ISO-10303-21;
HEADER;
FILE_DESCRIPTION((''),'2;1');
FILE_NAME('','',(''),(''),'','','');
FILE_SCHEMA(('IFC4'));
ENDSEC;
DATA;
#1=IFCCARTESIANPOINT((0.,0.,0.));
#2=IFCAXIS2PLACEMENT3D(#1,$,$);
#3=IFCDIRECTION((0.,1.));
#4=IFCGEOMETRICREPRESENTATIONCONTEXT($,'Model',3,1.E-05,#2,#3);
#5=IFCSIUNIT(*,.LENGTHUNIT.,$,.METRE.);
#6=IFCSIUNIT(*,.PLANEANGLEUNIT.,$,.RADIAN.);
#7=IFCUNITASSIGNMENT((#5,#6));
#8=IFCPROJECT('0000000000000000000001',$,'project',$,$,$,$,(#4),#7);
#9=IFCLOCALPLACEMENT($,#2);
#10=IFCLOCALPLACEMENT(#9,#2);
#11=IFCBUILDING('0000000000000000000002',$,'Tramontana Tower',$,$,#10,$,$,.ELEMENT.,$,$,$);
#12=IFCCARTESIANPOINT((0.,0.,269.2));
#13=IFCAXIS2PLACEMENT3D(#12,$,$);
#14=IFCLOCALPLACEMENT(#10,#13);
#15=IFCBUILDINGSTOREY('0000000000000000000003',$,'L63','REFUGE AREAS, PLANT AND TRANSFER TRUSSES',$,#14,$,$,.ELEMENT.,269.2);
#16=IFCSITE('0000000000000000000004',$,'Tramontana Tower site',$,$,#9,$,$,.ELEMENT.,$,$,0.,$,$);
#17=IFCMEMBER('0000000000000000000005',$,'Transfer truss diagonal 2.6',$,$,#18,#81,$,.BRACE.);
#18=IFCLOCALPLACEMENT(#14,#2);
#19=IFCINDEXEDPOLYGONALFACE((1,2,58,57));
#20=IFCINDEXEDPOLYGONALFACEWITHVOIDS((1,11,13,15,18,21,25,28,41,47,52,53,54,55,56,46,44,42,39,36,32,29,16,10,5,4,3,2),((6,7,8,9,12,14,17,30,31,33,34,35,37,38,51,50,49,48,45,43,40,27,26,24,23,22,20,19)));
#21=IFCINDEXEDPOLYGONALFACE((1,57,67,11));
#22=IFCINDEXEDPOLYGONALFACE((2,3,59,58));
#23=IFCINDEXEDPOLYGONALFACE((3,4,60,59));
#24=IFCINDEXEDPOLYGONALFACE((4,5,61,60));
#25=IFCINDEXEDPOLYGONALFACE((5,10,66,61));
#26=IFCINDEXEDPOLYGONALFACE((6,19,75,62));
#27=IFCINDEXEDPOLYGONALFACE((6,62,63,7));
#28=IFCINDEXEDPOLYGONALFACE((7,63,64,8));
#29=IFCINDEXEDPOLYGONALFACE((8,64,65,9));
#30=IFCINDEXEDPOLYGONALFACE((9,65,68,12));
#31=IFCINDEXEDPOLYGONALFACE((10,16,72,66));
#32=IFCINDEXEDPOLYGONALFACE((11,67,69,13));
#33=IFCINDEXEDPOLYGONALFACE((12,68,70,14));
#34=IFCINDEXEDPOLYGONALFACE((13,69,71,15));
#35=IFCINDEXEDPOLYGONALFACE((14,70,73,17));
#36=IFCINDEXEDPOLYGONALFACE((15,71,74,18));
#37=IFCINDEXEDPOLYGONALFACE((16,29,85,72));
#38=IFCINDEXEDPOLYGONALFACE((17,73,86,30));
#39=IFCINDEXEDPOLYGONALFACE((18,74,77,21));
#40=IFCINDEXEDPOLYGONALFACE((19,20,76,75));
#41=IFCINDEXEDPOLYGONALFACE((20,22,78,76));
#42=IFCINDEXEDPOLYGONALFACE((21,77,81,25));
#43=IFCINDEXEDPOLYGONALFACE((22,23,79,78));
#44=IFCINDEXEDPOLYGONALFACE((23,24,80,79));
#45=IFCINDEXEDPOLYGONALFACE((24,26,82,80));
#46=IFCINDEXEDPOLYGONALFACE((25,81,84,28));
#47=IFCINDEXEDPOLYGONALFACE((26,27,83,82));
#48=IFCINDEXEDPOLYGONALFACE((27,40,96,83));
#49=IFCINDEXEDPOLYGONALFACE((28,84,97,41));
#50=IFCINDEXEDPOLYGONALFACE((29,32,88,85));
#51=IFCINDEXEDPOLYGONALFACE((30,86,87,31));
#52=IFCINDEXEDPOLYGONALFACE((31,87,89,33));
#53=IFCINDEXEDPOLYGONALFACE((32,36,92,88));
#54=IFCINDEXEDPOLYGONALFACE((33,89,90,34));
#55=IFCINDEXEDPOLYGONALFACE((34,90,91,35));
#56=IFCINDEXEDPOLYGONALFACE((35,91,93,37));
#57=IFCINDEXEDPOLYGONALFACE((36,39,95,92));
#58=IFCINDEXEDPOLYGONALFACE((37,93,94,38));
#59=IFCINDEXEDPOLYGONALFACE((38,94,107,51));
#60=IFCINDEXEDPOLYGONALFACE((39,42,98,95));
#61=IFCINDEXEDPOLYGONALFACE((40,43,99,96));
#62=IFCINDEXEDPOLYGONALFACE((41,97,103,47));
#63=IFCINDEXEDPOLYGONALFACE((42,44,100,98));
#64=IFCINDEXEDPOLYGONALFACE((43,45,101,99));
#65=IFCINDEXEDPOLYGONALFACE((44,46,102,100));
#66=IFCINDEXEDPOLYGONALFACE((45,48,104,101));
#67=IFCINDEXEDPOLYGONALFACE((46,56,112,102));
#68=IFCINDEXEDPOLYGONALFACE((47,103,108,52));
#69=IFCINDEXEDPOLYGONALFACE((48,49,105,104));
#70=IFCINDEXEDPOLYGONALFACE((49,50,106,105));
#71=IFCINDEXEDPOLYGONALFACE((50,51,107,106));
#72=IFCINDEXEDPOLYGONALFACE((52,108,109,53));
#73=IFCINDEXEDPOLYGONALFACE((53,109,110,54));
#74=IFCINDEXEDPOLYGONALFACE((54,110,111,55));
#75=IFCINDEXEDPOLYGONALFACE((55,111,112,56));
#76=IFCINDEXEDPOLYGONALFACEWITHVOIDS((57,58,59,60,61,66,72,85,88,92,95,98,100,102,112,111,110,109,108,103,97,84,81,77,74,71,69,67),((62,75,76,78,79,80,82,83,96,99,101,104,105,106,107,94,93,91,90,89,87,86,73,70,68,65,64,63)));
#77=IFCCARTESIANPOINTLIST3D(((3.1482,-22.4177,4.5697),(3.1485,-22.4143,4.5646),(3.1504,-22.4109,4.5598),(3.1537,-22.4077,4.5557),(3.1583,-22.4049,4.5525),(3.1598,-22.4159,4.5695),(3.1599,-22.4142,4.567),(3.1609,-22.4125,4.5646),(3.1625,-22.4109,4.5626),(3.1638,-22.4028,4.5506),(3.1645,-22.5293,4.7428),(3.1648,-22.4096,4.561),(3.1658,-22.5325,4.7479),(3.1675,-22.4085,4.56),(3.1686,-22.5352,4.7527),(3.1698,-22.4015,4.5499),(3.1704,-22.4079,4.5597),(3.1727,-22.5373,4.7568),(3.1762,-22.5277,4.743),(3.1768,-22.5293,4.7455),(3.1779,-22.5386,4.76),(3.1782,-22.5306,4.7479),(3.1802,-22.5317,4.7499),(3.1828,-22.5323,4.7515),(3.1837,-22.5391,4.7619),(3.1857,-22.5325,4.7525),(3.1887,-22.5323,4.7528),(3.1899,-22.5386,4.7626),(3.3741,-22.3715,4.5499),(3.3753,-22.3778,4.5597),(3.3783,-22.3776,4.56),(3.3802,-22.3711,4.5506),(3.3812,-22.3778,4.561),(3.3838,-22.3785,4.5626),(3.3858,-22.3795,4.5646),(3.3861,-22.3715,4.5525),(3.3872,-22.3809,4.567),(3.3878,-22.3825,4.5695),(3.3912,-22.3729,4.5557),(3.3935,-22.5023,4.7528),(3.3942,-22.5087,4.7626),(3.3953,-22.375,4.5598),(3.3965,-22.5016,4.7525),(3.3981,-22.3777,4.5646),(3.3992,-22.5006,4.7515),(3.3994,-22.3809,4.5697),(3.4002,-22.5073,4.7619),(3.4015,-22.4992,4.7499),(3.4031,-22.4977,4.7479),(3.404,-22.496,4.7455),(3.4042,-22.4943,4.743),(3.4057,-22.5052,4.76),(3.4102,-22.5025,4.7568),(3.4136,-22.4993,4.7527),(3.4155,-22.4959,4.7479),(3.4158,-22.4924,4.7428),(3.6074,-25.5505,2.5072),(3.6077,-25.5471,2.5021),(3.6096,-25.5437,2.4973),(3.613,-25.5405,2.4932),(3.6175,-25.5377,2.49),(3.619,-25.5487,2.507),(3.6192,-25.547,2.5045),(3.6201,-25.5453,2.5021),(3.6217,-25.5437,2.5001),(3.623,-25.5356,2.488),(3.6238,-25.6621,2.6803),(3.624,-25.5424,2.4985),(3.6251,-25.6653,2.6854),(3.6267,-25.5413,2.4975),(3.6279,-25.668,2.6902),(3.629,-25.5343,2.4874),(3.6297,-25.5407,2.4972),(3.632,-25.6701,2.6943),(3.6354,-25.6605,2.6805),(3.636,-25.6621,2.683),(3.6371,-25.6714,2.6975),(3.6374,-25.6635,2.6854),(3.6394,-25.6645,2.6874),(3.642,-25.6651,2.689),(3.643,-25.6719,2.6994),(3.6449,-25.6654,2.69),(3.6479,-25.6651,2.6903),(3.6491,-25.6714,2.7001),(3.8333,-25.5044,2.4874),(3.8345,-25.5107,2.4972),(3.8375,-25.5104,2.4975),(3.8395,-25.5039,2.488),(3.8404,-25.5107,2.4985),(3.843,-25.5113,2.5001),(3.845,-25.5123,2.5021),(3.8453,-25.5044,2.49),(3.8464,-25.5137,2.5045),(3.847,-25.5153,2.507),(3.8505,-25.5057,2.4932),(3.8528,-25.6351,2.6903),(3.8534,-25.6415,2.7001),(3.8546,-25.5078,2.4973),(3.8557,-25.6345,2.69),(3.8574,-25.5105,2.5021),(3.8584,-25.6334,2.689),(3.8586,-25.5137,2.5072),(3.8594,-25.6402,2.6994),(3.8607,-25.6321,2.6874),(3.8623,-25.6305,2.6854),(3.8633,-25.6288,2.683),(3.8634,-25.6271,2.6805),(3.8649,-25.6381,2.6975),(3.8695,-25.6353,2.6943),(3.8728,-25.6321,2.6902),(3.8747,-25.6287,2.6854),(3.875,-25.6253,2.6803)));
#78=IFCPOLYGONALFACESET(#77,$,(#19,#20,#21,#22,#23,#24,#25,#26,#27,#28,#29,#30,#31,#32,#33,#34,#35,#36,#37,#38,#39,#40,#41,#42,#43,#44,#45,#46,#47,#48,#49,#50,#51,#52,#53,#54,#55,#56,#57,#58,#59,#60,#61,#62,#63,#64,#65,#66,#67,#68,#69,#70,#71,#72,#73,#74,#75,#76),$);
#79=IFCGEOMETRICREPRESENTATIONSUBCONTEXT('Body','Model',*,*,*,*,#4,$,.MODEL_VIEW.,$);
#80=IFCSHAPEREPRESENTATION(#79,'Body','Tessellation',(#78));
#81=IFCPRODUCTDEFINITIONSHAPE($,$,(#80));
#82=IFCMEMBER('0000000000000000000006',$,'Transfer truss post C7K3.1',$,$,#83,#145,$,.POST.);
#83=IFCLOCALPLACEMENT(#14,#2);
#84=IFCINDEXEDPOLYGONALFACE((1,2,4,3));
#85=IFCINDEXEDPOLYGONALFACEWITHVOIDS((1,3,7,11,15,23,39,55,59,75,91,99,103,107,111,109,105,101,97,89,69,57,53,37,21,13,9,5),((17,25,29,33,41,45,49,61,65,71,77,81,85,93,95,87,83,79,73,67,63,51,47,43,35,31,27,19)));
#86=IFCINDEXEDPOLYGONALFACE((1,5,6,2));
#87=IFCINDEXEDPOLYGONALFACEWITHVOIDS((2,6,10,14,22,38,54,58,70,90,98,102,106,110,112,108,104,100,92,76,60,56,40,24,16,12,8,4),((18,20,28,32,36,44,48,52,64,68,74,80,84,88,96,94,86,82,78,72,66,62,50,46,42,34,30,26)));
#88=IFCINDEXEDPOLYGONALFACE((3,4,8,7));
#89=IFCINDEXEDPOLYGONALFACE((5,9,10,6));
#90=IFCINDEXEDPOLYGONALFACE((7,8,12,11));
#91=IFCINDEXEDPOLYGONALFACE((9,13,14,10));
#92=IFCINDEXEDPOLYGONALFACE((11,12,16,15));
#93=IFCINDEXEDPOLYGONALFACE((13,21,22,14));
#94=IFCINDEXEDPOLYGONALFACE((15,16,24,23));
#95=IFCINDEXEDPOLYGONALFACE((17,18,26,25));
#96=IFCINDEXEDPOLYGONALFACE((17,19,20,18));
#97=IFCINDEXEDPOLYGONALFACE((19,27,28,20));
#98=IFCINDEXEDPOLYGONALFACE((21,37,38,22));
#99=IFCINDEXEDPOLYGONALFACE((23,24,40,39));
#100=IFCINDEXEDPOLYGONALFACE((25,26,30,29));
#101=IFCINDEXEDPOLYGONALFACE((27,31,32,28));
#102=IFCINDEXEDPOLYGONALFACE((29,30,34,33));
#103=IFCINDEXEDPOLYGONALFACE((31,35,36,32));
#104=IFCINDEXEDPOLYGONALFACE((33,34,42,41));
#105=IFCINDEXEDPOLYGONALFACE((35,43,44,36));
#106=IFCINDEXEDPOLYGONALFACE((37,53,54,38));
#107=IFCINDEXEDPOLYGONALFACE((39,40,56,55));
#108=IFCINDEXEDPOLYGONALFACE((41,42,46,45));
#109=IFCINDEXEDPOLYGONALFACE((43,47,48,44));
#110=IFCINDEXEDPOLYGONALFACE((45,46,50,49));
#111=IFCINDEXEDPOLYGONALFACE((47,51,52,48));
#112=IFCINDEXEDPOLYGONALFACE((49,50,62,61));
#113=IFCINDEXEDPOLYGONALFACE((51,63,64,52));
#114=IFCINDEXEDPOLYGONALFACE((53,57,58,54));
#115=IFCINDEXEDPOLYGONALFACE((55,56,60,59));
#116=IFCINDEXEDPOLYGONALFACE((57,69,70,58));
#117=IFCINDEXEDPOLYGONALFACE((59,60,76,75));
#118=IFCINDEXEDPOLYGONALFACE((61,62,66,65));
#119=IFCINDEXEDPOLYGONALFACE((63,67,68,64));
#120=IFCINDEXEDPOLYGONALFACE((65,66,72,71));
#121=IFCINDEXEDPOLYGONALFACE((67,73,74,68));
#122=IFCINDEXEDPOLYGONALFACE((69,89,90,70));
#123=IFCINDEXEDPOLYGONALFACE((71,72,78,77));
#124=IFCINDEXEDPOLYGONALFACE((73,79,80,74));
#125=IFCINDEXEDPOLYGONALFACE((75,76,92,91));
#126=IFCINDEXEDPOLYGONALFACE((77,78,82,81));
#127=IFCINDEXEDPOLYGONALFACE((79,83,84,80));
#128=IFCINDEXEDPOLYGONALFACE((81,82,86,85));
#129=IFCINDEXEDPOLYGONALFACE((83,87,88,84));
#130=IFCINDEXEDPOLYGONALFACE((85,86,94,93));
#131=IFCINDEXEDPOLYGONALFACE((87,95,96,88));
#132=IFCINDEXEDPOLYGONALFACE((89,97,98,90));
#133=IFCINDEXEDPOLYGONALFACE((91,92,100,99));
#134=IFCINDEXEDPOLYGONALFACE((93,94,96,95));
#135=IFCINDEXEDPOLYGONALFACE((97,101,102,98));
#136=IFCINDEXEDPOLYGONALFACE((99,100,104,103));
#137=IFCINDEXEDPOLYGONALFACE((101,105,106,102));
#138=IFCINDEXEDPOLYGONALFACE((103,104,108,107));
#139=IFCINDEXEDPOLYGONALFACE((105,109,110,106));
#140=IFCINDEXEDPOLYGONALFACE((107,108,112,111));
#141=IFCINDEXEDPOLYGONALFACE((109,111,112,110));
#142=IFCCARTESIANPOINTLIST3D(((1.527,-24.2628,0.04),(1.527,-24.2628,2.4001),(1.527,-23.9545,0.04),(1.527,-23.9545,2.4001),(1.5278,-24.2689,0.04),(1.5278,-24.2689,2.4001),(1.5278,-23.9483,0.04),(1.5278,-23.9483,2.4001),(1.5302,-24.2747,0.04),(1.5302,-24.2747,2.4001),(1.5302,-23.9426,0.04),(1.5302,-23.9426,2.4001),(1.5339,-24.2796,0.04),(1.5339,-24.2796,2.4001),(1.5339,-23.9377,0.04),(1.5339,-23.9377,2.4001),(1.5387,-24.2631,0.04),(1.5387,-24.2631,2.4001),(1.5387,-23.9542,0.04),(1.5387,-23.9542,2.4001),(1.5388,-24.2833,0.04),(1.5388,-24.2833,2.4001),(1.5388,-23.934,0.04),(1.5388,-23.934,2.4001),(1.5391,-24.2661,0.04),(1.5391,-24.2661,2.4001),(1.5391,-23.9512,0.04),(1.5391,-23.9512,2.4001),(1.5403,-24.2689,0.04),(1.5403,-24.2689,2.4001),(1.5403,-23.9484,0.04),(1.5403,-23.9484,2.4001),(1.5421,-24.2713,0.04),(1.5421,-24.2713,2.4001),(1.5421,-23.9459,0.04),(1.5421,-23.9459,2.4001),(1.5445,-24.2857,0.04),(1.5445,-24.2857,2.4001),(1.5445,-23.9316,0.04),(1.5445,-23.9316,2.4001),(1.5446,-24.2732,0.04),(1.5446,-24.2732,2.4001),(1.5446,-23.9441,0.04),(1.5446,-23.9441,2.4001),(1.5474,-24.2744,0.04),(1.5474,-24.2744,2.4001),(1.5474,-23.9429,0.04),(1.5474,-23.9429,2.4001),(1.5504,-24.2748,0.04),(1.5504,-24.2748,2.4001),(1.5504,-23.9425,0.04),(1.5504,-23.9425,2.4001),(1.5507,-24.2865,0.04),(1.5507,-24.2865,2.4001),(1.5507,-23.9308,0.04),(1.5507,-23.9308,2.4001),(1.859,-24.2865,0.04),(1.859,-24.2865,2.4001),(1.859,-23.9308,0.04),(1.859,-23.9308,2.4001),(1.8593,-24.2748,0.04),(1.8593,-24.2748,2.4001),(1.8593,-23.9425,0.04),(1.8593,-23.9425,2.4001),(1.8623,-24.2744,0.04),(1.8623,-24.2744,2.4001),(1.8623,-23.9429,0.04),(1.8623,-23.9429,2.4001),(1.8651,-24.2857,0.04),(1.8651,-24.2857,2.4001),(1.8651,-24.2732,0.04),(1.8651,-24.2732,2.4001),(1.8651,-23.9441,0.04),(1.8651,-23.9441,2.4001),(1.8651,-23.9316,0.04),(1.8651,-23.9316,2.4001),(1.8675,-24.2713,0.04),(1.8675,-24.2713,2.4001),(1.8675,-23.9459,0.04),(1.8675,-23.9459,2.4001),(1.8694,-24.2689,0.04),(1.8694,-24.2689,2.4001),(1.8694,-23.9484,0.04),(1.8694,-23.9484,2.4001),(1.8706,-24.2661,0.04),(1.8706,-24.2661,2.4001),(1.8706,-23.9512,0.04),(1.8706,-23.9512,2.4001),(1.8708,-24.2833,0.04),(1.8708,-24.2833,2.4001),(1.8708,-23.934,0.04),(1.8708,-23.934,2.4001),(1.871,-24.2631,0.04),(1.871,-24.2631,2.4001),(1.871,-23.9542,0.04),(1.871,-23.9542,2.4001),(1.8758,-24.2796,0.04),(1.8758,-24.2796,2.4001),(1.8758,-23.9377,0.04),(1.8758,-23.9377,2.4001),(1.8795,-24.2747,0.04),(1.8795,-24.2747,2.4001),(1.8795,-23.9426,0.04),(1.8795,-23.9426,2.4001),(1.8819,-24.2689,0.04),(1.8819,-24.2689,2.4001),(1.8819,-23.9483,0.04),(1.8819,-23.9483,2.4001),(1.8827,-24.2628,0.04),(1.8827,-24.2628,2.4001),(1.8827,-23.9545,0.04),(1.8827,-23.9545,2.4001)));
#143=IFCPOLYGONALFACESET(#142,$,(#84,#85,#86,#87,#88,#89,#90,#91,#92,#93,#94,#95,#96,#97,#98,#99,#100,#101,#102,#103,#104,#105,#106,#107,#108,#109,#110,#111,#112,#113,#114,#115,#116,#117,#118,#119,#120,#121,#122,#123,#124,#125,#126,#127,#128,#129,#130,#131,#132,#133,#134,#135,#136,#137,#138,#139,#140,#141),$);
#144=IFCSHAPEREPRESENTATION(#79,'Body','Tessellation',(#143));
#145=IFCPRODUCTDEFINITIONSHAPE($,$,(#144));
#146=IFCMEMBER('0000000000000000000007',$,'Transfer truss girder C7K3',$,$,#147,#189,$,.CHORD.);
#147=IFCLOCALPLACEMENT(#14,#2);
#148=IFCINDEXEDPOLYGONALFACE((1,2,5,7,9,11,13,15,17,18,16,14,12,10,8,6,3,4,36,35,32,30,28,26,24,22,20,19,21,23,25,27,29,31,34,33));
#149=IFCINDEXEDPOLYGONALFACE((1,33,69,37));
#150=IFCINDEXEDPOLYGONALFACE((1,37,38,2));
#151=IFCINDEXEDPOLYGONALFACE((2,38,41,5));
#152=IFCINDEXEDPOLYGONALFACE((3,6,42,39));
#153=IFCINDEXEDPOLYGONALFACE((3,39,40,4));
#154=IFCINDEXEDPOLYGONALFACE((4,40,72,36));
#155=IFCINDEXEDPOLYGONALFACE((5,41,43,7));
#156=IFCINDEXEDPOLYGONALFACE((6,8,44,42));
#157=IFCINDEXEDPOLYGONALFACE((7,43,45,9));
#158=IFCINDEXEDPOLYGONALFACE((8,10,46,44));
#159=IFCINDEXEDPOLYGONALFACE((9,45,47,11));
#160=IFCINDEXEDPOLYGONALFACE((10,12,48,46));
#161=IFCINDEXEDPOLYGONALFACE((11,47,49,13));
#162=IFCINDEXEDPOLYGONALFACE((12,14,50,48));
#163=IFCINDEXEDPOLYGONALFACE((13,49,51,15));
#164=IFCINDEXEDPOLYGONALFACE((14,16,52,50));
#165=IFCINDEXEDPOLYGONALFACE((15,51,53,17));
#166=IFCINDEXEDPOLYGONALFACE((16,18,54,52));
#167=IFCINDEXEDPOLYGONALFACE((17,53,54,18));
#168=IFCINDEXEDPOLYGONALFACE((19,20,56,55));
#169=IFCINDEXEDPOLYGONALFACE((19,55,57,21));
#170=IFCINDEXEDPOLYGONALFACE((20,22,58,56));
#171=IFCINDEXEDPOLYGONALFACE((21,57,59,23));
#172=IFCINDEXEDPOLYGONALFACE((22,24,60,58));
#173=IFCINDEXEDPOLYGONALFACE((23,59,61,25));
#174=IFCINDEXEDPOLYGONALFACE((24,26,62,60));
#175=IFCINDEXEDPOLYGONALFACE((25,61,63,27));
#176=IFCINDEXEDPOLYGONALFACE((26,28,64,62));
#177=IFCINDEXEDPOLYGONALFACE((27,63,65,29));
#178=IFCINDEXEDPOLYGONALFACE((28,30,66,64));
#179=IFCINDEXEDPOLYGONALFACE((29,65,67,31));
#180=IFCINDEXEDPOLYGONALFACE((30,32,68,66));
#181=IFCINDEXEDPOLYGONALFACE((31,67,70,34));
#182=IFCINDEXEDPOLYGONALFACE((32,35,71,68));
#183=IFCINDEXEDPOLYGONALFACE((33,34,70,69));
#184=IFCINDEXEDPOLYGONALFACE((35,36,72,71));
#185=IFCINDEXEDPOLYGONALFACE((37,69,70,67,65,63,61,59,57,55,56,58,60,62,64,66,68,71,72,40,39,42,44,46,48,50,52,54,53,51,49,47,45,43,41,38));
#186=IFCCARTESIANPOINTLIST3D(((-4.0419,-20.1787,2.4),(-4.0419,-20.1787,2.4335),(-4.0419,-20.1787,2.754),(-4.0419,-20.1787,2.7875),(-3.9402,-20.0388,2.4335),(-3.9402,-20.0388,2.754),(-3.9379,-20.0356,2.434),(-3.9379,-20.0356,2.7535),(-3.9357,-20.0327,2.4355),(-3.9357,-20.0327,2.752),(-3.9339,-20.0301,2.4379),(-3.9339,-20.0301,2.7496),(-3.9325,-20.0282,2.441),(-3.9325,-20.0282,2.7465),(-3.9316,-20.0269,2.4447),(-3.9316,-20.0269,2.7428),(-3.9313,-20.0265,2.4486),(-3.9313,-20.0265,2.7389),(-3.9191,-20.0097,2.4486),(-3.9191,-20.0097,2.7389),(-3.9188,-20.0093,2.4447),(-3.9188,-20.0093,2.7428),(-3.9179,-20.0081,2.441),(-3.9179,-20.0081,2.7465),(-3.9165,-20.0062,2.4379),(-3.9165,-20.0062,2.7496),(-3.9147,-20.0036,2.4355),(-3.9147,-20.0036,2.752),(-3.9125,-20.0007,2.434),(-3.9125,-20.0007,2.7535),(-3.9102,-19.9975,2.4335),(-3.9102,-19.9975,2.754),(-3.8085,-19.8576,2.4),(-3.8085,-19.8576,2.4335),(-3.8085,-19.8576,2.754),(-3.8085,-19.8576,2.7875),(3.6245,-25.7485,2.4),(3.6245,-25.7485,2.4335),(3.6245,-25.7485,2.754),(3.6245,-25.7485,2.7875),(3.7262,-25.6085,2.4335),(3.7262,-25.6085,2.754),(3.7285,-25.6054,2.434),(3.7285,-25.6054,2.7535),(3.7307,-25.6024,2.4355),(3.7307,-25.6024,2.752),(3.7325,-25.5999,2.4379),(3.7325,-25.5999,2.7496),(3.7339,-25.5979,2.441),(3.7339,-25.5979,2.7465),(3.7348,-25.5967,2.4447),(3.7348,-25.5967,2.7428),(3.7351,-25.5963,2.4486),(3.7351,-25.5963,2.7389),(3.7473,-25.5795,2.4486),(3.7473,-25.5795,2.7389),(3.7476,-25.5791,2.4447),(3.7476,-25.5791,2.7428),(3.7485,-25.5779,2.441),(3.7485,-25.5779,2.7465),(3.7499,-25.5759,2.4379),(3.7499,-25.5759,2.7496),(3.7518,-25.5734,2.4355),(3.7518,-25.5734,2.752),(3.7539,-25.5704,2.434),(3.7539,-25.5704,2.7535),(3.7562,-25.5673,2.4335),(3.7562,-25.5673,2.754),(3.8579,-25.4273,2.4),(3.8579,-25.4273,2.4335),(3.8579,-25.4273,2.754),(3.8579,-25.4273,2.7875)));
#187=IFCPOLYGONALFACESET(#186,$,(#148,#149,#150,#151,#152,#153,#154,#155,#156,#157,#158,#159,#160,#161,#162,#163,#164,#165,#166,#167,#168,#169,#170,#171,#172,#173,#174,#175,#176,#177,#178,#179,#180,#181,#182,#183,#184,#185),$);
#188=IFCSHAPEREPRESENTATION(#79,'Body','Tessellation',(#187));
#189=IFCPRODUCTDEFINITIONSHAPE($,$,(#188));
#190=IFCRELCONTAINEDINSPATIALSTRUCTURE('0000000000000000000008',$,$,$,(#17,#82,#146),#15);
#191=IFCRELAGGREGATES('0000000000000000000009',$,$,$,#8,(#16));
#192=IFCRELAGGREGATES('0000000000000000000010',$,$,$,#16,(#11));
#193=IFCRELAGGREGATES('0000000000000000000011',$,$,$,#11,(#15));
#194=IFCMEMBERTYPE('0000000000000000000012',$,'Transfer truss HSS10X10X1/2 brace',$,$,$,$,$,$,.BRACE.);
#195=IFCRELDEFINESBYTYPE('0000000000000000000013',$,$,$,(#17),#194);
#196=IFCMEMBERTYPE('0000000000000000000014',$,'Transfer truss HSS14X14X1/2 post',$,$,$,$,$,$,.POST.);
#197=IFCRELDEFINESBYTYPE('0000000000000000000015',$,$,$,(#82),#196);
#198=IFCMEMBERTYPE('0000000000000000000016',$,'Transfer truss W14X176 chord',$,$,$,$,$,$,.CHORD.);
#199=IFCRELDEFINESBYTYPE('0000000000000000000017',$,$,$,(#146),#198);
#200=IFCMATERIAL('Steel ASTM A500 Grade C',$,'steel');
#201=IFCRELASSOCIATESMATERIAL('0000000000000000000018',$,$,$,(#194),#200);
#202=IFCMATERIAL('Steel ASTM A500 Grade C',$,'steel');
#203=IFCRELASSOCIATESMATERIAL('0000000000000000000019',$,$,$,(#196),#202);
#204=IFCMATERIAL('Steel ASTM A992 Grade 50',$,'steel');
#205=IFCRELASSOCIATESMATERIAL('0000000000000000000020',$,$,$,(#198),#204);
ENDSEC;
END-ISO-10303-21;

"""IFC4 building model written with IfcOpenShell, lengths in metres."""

from ifc_helpers import new_model, si_unit, direction, frame, origin, origin_2d, place, context, subcontext, project, spatial, hollow_rectangle, i_section, extrude, material, material_profile, profile_set, type_object, element, save


model = new_model("IFC4")

# Units and contexts
model_context = context("Model", 3, precision=1e-05, world=origin(), true_north=direction((0.0, 1.0)))
body_context = subcontext(model_context, "Body", "Model", "MODEL_VIEW")
ifc_project = project(units=[si_unit("LENGTHUNIT", "METRE"), si_unit("PLANEANGLEUNIT", "RADIAN")], contexts=[model_context])

# Site, building, storey
site_placement = place(None, origin())
site = spatial("IfcSite", under=ifc_project, at=site_placement, Name="Tramontana Tower site", CompositionType="ELEMENT", RefElevation=0.0)
building_placement = place(site_placement, origin())
building = spatial("IfcBuilding", under=site, at=building_placement, Name="Tramontana Tower", CompositionType="ELEMENT")
storey_placement = place(building_placement, frame((0.0, 0.0, 269.2)))
storey = spatial("IfcBuildingStorey", under=building, at=storey_placement, Name="L63", Description="REFUGE AREAS, PLANT AND TRANSFER TRUSSES", CompositionType="ELEMENT", Elevation=269.2)

# Members
ifc_material_1 = material(Name="Steel ASTM A500 Grade C", Category="steel")
ifc_material_profile_1 = material_profile(ifc_material_1, hollow_rectangle(XDim=0.2539, YDim=0.2539, WallThickness=0.0117, InnerFilletRadius=0.0117, OuterFilletRadius=0.0237, at=origin_2d()), Name="HSS10X10X1/2")
ifc_profile_set_1 = profile_set([ifc_material_profile_1], Name="Steel ASTM A500 Grade C")
member_type_1 = type_object("IfcMemberType", Name="Transfer truss HSS10X10X1/2 brace", PredefinedType="BRACE", material=ifc_profile_set_1)
member_1_placement = place(storey_placement, frame((3.282, -22.4551, 4.6562), z_axis=(0.121528, -0.82905, -0.545809), x_axis=(0.989426, 0.145037, 0.0)))
element("IfcMember", 1, at=member_1_placement, inside=storey, type_object=member_type_1, Name="Transfer truss diagonal 2.6", PredefinedType="BRACE", context=body_context, shape_type="SweptSolid", body=[
    extrude(hollow_rectangle(XDim=0.2539, YDim=0.2539, WallThickness=0.0117, InnerFilletRadius=0.0117, OuterFilletRadius=0.0237, at=origin_2d()), origin(), (0.0, 0.0, 1.0), 3.7788),
])
ifc_material_2 = material(Name="Steel ASTM A500 Grade C", Category="steel")
ifc_material_profile_2 = material_profile(ifc_material_2, hollow_rectangle(XDim=0.3557, YDim=0.3557, WallThickness=0.0117, InnerFilletRadius=0.0117, OuterFilletRadius=0.0237, at=origin_2d()), Name="HSS14X14X1/2")
ifc_profile_set_2 = profile_set([ifc_material_profile_2], Name="Steel ASTM A500 Grade C")
member_type_2 = type_object("IfcMemberType", Name="Transfer truss HSS14X14X1/2 post", PredefinedType="POST", material=ifc_profile_set_2)
member_2_placement = place(storey_placement, frame((1.7048, -24.1086, 0.04), z_axis=(0.0, 0.0, 1.0), x_axis=(1.0, 0.0, 0.0)))
element("IfcMember", 2, at=member_2_placement, inside=storey, type_object=member_type_2, Name="Transfer truss post C7K3.1", PredefinedType="POST", context=body_context, shape_type="SweptSolid", body=[
    extrude(hollow_rectangle(XDim=0.3557, YDim=0.3557, WallThickness=0.0117, InnerFilletRadius=0.0117, OuterFilletRadius=0.0237, at=origin_2d()), origin(), (0.0, 0.0, 1.0), 2.3601),
])
ifc_material_3 = material(Name="Steel ASTM A992 Grade 50", Category="steel")
ifc_material_profile_3 = material_profile(ifc_material_3, i_section(OverallWidth=0.397, OverallDepth=0.3875, WebThickness=0.0208, FlangeThickness=0.0334, FilletRadius=0.0151, at=origin_2d()), Name="W14X176")
ifc_profile_set_3 = profile_set([ifc_material_profile_3], Name="Steel ASTM A992 Grade 50")
member_type_3 = type_object("IfcMemberType", Name="Transfer truss W14X176 chord", PredefinedType="CHORD", material=ifc_profile_set_3)
member_3_placement = place(storey_placement, frame((3.7412, -25.5879, 2.5938), z_axis=(-0.809028, 0.58777, 0.0), x_axis=(-0.58777, -0.809028, 0.0)))
element("IfcMember", 3, at=member_3_placement, inside=storey, type_object=member_type_3, Name="Transfer truss girder C7K3", PredefinedType="CHORD", context=body_context, shape_type="SweptSolid", body=[
    extrude(i_section(OverallWidth=0.397, OverallDepth=0.3875, WebThickness=0.0208, FlangeThickness=0.0334, FilletRadius=0.0151, at=origin_2d()), origin(), (0.0, 0.0, 1.0), 9.4761),
])

save(model, "model.ifc")
